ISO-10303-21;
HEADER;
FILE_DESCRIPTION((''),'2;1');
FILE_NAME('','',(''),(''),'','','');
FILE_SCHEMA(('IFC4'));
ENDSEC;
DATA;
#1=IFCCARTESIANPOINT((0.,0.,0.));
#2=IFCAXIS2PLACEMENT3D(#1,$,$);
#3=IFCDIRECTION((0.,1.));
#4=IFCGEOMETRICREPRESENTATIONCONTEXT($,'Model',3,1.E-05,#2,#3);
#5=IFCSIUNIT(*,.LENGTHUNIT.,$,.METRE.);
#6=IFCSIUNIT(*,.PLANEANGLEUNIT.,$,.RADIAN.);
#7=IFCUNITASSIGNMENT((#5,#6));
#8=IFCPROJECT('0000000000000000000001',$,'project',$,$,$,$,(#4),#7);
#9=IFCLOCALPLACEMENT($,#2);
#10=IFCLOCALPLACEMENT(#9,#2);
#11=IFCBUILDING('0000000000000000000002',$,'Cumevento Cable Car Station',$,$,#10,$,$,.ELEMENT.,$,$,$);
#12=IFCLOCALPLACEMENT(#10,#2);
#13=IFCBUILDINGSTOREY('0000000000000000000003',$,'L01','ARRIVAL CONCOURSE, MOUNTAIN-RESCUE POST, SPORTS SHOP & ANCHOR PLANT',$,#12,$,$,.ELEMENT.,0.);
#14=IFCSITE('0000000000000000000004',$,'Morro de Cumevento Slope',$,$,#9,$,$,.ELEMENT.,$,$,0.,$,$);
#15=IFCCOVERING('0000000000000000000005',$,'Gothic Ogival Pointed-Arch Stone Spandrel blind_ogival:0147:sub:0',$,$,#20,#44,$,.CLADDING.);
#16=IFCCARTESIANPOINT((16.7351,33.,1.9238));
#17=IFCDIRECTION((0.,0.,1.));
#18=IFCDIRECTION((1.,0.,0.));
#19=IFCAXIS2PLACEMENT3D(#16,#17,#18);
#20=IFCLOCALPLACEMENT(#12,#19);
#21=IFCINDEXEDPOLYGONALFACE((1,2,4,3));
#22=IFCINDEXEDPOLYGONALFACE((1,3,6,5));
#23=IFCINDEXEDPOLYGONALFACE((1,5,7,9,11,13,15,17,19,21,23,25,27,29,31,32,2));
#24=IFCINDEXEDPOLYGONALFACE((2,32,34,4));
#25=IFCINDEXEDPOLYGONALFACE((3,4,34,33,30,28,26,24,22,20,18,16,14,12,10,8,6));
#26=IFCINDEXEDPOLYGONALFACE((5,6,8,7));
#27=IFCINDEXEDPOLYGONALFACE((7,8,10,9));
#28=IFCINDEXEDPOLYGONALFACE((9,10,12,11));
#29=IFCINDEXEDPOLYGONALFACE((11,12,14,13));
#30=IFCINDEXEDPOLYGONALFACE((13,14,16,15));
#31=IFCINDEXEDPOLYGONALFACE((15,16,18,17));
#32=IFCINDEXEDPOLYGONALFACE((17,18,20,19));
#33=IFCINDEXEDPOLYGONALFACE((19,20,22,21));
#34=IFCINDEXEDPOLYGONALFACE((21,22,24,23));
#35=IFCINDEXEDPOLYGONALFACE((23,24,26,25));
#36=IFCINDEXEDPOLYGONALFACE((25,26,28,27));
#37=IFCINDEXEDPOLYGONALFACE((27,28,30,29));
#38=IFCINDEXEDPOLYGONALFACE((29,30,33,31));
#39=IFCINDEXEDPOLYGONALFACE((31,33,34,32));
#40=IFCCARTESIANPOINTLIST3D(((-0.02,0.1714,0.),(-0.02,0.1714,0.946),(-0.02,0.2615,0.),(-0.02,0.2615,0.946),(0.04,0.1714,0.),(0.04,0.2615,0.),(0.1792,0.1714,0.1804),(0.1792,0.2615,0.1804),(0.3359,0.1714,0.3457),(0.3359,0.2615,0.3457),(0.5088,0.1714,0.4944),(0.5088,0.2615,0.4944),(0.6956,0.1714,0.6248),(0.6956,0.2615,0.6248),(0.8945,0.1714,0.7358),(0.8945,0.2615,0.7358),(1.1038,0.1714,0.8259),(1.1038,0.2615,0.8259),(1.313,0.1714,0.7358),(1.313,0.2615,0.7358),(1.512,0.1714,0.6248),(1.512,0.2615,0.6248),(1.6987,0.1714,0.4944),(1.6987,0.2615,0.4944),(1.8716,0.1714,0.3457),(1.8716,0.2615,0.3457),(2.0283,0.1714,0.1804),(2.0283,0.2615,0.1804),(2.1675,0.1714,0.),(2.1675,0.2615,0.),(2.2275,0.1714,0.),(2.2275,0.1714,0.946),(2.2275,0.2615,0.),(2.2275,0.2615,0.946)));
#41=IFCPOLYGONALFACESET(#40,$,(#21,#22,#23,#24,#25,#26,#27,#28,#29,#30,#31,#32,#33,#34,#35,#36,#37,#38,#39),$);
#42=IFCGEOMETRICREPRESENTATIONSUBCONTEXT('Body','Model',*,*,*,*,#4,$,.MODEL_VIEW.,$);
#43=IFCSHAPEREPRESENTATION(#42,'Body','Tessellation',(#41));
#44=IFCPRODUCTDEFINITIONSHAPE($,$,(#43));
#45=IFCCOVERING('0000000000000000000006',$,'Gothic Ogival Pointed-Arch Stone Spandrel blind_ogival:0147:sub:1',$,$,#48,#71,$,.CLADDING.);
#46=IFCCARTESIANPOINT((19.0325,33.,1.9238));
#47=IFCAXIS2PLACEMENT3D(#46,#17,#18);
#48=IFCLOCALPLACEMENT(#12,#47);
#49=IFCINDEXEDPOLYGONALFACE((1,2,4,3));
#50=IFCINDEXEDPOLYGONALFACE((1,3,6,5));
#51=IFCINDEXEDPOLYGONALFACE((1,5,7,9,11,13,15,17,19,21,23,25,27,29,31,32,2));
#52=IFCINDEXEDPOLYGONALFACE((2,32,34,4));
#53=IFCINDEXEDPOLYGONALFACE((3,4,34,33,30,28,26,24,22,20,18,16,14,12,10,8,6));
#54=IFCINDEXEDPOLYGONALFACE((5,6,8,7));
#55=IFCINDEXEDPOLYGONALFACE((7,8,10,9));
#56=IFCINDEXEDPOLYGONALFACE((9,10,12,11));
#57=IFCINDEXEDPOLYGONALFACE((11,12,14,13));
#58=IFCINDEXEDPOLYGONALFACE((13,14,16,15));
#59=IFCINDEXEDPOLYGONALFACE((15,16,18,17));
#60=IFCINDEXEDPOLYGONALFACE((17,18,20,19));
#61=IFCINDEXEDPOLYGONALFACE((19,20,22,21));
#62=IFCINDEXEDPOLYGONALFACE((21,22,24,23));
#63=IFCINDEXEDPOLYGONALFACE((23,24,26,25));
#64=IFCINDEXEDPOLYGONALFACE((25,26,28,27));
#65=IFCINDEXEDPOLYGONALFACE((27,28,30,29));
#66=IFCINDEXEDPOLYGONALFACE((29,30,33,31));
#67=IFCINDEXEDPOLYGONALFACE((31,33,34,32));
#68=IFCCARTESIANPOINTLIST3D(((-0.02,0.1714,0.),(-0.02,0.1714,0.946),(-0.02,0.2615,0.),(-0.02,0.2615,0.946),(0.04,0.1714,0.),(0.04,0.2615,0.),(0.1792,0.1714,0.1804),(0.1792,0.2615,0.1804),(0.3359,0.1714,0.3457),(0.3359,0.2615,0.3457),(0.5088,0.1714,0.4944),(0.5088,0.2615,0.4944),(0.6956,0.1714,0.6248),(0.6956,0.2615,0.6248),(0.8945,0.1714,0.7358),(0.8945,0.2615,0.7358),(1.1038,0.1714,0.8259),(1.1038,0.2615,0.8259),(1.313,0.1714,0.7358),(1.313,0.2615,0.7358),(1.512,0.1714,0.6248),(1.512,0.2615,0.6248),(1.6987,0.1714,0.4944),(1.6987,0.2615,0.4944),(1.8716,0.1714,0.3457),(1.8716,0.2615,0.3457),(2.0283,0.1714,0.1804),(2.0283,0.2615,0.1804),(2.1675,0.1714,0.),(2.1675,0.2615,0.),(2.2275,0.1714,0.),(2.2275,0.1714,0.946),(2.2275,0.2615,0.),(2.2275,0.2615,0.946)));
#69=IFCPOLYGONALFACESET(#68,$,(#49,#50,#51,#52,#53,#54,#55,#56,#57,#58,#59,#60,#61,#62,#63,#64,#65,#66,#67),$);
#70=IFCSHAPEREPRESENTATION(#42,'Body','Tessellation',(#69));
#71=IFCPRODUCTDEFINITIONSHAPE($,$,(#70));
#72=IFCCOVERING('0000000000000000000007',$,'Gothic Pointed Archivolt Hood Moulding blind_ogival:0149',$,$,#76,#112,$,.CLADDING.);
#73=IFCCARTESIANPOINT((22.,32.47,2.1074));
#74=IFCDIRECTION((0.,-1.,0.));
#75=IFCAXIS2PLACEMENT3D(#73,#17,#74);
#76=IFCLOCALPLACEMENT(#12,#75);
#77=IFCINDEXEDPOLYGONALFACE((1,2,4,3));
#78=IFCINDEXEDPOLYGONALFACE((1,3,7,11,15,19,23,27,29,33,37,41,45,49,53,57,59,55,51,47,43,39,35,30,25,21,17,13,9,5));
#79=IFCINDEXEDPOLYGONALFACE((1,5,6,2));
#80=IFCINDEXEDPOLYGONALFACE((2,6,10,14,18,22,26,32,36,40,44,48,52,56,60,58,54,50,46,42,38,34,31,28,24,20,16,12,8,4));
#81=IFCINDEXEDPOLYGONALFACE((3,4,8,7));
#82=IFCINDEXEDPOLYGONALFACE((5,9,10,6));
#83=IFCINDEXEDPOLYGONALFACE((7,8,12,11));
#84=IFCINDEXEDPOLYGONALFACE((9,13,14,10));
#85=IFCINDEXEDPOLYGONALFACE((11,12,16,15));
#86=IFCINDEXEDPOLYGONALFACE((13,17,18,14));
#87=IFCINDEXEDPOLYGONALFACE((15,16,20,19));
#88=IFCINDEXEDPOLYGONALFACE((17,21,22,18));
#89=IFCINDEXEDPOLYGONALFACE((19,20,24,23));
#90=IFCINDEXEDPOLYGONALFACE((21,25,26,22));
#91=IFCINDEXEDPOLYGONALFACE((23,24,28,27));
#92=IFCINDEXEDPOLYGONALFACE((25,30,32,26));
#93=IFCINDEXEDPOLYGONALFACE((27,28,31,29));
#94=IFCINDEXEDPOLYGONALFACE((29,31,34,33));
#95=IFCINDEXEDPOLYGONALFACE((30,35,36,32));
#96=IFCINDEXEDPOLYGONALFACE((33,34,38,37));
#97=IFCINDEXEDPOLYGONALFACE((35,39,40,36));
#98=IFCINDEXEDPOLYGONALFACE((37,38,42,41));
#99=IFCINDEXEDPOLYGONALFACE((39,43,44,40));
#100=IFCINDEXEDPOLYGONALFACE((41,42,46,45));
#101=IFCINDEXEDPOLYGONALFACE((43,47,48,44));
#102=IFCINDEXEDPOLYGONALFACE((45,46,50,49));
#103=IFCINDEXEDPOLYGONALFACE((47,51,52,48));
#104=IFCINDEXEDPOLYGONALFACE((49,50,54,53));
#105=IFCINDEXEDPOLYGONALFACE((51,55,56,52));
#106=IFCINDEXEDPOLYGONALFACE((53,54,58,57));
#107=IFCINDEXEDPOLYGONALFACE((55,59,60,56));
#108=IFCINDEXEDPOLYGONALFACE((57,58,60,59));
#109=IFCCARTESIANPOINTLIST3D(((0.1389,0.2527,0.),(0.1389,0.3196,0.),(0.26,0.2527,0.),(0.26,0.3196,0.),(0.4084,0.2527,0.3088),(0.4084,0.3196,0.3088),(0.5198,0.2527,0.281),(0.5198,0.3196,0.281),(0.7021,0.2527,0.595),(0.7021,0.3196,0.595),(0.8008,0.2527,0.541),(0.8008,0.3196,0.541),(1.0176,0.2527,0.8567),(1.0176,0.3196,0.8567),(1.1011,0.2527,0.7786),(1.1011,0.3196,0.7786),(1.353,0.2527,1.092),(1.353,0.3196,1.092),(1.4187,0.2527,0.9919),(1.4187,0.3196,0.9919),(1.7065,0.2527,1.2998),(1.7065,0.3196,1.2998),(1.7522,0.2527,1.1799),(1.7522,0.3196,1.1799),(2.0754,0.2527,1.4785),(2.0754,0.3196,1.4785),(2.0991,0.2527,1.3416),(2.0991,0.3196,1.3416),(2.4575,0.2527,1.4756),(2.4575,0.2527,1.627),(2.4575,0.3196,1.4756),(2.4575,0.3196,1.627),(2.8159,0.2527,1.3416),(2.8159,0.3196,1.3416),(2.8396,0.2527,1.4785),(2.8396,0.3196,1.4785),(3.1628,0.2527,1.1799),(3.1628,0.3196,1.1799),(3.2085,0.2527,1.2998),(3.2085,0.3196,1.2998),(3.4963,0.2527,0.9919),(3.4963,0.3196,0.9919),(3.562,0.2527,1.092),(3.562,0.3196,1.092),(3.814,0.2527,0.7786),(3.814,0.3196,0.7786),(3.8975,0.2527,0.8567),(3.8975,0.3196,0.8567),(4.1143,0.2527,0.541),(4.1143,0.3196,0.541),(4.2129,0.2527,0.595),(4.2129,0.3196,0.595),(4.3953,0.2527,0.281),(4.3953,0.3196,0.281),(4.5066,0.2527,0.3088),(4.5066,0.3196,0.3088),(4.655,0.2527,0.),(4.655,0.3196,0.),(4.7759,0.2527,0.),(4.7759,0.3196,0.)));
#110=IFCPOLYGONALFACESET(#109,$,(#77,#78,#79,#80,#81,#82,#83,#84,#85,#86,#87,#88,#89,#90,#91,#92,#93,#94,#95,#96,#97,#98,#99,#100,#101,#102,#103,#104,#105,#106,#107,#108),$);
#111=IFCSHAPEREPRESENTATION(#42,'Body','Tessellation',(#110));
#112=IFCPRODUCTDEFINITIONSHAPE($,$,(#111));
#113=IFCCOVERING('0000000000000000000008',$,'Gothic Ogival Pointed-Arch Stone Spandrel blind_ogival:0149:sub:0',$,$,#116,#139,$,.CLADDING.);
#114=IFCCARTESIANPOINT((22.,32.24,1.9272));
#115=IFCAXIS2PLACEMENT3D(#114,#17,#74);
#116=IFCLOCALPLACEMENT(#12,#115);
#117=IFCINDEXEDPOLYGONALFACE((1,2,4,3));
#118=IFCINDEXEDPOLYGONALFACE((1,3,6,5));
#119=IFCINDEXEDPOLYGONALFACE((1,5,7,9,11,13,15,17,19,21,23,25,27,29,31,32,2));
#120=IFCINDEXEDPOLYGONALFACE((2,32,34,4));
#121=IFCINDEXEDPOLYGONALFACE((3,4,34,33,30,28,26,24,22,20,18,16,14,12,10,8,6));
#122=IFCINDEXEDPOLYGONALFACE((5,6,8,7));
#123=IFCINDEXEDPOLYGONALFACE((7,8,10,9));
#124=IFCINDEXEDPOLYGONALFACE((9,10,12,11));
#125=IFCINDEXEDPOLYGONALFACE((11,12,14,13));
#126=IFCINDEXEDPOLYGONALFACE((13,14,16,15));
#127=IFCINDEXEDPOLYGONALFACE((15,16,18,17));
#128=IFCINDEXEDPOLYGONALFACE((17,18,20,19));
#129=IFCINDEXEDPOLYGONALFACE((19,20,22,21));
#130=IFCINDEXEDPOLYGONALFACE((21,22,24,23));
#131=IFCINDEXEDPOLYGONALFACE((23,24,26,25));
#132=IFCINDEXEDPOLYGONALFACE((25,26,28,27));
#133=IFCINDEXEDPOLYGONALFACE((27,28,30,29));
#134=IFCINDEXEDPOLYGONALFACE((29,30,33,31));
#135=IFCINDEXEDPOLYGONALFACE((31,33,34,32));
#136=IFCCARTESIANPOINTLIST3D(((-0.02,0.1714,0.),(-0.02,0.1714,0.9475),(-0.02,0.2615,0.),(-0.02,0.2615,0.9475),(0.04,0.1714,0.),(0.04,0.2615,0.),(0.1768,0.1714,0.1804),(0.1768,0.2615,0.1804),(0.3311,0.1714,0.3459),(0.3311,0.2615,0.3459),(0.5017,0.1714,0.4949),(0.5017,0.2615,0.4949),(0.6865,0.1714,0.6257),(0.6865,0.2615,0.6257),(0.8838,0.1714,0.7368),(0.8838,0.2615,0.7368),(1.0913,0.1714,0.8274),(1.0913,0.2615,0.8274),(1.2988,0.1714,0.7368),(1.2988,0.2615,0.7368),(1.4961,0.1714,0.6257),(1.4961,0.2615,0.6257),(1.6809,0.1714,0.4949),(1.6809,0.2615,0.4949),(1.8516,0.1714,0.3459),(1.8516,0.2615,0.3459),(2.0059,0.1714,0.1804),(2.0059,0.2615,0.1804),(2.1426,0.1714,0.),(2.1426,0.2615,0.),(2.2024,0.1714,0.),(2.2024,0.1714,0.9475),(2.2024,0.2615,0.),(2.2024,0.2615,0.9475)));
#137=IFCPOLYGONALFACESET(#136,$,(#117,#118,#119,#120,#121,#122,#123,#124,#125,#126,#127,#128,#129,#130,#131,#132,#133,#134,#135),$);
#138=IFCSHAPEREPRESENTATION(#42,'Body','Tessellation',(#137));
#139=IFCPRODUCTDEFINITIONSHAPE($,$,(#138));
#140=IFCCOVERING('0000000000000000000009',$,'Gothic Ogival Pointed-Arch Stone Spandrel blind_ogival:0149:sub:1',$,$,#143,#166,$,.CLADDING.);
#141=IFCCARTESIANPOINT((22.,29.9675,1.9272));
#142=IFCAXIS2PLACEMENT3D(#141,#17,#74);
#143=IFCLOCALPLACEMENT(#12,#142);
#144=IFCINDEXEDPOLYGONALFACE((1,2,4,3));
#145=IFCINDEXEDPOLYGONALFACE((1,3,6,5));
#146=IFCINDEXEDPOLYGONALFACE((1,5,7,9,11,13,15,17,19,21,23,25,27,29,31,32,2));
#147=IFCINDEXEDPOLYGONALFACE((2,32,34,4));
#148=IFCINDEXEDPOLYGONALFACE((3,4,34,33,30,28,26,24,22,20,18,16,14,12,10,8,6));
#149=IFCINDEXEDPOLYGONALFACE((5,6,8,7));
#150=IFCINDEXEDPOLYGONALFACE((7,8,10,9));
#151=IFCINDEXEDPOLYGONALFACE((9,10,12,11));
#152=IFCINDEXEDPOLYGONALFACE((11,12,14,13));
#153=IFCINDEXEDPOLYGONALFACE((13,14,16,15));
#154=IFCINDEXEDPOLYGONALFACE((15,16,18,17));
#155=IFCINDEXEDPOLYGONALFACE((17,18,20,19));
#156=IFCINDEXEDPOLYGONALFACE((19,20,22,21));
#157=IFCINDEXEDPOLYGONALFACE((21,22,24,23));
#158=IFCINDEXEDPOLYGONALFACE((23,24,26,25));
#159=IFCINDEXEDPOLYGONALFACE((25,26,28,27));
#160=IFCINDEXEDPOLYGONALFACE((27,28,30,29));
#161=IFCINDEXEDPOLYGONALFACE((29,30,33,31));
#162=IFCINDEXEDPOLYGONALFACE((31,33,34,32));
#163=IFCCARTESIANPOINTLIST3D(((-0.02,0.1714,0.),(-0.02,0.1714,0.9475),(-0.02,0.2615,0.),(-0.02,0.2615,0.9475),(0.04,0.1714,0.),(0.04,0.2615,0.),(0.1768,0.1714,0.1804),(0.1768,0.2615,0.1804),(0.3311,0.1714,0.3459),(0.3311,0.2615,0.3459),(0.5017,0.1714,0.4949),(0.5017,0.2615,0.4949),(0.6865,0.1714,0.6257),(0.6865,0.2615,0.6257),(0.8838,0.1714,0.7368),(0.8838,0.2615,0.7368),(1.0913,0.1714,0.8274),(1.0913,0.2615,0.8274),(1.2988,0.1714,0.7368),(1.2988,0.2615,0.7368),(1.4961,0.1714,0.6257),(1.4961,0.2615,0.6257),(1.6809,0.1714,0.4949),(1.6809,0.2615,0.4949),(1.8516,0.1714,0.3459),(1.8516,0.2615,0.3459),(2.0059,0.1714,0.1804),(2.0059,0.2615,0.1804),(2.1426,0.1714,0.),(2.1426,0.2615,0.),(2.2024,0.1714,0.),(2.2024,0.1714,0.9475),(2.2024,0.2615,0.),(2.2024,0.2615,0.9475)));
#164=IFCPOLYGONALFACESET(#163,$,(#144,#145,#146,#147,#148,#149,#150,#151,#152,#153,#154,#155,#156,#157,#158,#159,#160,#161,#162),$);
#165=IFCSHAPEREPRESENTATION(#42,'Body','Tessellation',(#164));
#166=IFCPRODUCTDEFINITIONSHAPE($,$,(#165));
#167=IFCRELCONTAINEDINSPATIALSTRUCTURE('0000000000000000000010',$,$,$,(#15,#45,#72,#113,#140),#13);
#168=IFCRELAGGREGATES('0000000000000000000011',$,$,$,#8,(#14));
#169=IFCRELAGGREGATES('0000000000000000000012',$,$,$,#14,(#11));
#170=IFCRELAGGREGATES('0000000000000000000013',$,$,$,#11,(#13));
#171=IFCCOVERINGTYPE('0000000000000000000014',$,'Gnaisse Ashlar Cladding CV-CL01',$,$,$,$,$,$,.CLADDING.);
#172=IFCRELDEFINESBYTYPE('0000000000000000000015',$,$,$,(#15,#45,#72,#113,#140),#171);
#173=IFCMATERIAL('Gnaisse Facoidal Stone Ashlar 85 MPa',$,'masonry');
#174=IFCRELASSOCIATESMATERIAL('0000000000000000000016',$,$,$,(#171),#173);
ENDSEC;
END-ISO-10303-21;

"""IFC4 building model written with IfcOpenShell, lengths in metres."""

from ifc_helpers import new_model, si_unit, direction, frame, origin, place, context, subcontext, project, spatial, polyline, outline, extrude, material, type_object, element, save


model = new_model("IFC4")

# Units and contexts
model_context = context("Model", 3, precision=1e-05, world=origin(), true_north=direction((0.0, 1.0)))
body_context = subcontext(model_context, "Body", "Model", "MODEL_VIEW")
ifc_project = project(units=[si_unit("LENGTHUNIT", "METRE"), si_unit("PLANEANGLEUNIT", "RADIAN")], contexts=[model_context])

# Site, building, storey
site_placement = place(None, origin())
site = spatial("IfcSite", under=ifc_project, at=site_placement, Name="Morro de Cumevento Slope", CompositionType="ELEMENT", RefElevation=0.0)
building_placement = place(site_placement, origin())
building = spatial("IfcBuilding", under=site, at=building_placement, Name="Cumevento Cable Car Station", CompositionType="ELEMENT")
storey_placement = place(building_placement, origin())
storey = spatial("IfcBuildingStorey", under=building, at=storey_placement, Name="L01", Description="ARRIVAL CONCOURSE, MOUNTAIN-RESCUE POST, SPORTS SHOP & ANCHOR PLANT", CompositionType="ELEMENT", Elevation=0.0)

# Coverings
ifc_material_1 = material(Name="Gnaisse Facoidal Stone Ashlar 85 MPa", Category="masonry")
covering_type = type_object("IfcCoveringType", Name="Gnaisse Ashlar Cladding CV-CL01", PredefinedType="CLADDING", material=ifc_material_1)
for number, where, z_axis, x_axis, name in (
    (1, (16.7351, 33.0, 1.9238), (0.0, 0.0, 1.0), (1.0, 0.0, 0.0), "Gothic Ogival Pointed-Arch Stone Spandrel blind_ogival:0147:sub:0"),
    (2, (19.0325, 33.0, 1.9238), (0.0, 0.0, 1.0), (1.0, 0.0, 0.0), "Gothic Ogival Pointed-Arch Stone Spandrel blind_ogival:0147:sub:1"),
):
    element("IfcCovering", number, at=place(storey_placement, frame(where, z_axis=z_axis, x_axis=x_axis)), inside=storey, type_object=covering_type, Name=name, PredefinedType="CLADDING", context=body_context, shape_type="SweptSolid", body=[
        extrude(outline(polyline([(-0.02, 0.0), (-0.02, 0.946), (2.2275, 0.946), (2.2275, 0.0), (2.1675, 0.0), (2.0283, 0.1804), (1.8716, 0.3457), (1.6987, 0.4944), (1.512, 0.6248), (1.313, 0.7358), (1.1038, 0.8259), (0.8945, 0.7358), (0.6956, 0.6248), (0.5088, 0.4944), (0.3359, 0.3457), (0.1792, 0.1804), (0.04, 0.0), (-0.02, 0.0)])), frame((0.0, 0.2615, 0.0), z_axis=(0.0, -1.0, 0.0), x_axis=(1.0, 0.0, 0.0)), (0.0, 0.0, 1.0), 0.0901),
    ])
covering_1_placement = place(storey_placement, frame((22.0, 32.47, 2.1074), z_axis=(0.0, 0.0, 1.0), x_axis=(0.0, -1.0, 0.0)))
element("IfcCovering", 3, at=covering_1_placement, inside=storey, type_object=covering_type, Name="Gothic Pointed Archivolt Hood Moulding blind_ogival:0149", PredefinedType="CLADDING", context=body_context, shape_type="SweptSolid", body=[
    extrude(outline(polyline([(0.26, 0.0), (0.5198, 0.281), (0.8008, 0.541), (1.1011, 0.7786), (1.4187, 0.9919), (1.7522, 1.1799), (2.0991, 1.3416), (2.4575, 1.4756), (2.8159, 1.3416), (3.1628, 1.1799), (3.4963, 0.9919), (3.814, 0.7786), (4.1143, 0.541), (4.3953, 0.281), (4.655, 0.0), (4.7759, 0.0), (4.5066, 0.3088), (4.2129, 0.595), (3.8975, 0.8567), (3.562, 1.092), (3.2085, 1.2998), (2.8396, 1.4785), (2.4575, 1.627), (2.0754, 1.4785), (1.7065, 1.2998), (1.353, 1.092), (1.0176, 0.8567), (0.7021, 0.595), (0.4084, 0.3088), (0.1389, 0.0), (0.26, 0.0)])), frame((0.0, 0.3196, 0.0), z_axis=(0.0, -1.0, 0.0), x_axis=(1.0, 0.0, 0.0)), (0.0, 0.0, 1.0), 0.0669),
])
for number, where, z_axis, x_axis, name in (
    (4, (22.0, 32.24, 1.9272), (0.0, 0.0, 1.0), (0.0, -1.0, 0.0), "Gothic Ogival Pointed-Arch Stone Spandrel blind_ogival:0149:sub:0"),
    (5, (22.0, 29.9675, 1.9272), (0.0, 0.0, 1.0), (0.0, -1.0, 0.0), "Gothic Ogival Pointed-Arch Stone Spandrel blind_ogival:0149:sub:1"),
):
    element("IfcCovering", number, at=place(storey_placement, frame(where, z_axis=z_axis, x_axis=x_axis)), inside=storey, type_object=covering_type, Name=name, PredefinedType="CLADDING", context=body_context, shape_type="SweptSolid", body=[
        extrude(outline(polyline([(-0.02, 0.0), (-0.02, 0.9475), (2.2024, 0.9475), (2.2024, 0.0), (2.1426, 0.0), (2.0059, 0.1804), (1.8516, 0.3459), (1.6809, 0.4949), (1.4961, 0.6257), (1.2988, 0.7368), (1.0913, 0.8274), (0.8838, 0.7368), (0.6865, 0.6257), (0.5017, 0.4949), (0.3311, 0.3459), (0.1768, 0.1804), (0.04, 0.0), (-0.02, 0.0)])), frame((0.0, 0.2615, 0.0), z_axis=(0.0, -1.0, 0.0), x_axis=(1.0, 0.0, 0.0)), (0.0, 0.0, 1.0), 0.0901),
    ])

save(model, "model.ifc")
